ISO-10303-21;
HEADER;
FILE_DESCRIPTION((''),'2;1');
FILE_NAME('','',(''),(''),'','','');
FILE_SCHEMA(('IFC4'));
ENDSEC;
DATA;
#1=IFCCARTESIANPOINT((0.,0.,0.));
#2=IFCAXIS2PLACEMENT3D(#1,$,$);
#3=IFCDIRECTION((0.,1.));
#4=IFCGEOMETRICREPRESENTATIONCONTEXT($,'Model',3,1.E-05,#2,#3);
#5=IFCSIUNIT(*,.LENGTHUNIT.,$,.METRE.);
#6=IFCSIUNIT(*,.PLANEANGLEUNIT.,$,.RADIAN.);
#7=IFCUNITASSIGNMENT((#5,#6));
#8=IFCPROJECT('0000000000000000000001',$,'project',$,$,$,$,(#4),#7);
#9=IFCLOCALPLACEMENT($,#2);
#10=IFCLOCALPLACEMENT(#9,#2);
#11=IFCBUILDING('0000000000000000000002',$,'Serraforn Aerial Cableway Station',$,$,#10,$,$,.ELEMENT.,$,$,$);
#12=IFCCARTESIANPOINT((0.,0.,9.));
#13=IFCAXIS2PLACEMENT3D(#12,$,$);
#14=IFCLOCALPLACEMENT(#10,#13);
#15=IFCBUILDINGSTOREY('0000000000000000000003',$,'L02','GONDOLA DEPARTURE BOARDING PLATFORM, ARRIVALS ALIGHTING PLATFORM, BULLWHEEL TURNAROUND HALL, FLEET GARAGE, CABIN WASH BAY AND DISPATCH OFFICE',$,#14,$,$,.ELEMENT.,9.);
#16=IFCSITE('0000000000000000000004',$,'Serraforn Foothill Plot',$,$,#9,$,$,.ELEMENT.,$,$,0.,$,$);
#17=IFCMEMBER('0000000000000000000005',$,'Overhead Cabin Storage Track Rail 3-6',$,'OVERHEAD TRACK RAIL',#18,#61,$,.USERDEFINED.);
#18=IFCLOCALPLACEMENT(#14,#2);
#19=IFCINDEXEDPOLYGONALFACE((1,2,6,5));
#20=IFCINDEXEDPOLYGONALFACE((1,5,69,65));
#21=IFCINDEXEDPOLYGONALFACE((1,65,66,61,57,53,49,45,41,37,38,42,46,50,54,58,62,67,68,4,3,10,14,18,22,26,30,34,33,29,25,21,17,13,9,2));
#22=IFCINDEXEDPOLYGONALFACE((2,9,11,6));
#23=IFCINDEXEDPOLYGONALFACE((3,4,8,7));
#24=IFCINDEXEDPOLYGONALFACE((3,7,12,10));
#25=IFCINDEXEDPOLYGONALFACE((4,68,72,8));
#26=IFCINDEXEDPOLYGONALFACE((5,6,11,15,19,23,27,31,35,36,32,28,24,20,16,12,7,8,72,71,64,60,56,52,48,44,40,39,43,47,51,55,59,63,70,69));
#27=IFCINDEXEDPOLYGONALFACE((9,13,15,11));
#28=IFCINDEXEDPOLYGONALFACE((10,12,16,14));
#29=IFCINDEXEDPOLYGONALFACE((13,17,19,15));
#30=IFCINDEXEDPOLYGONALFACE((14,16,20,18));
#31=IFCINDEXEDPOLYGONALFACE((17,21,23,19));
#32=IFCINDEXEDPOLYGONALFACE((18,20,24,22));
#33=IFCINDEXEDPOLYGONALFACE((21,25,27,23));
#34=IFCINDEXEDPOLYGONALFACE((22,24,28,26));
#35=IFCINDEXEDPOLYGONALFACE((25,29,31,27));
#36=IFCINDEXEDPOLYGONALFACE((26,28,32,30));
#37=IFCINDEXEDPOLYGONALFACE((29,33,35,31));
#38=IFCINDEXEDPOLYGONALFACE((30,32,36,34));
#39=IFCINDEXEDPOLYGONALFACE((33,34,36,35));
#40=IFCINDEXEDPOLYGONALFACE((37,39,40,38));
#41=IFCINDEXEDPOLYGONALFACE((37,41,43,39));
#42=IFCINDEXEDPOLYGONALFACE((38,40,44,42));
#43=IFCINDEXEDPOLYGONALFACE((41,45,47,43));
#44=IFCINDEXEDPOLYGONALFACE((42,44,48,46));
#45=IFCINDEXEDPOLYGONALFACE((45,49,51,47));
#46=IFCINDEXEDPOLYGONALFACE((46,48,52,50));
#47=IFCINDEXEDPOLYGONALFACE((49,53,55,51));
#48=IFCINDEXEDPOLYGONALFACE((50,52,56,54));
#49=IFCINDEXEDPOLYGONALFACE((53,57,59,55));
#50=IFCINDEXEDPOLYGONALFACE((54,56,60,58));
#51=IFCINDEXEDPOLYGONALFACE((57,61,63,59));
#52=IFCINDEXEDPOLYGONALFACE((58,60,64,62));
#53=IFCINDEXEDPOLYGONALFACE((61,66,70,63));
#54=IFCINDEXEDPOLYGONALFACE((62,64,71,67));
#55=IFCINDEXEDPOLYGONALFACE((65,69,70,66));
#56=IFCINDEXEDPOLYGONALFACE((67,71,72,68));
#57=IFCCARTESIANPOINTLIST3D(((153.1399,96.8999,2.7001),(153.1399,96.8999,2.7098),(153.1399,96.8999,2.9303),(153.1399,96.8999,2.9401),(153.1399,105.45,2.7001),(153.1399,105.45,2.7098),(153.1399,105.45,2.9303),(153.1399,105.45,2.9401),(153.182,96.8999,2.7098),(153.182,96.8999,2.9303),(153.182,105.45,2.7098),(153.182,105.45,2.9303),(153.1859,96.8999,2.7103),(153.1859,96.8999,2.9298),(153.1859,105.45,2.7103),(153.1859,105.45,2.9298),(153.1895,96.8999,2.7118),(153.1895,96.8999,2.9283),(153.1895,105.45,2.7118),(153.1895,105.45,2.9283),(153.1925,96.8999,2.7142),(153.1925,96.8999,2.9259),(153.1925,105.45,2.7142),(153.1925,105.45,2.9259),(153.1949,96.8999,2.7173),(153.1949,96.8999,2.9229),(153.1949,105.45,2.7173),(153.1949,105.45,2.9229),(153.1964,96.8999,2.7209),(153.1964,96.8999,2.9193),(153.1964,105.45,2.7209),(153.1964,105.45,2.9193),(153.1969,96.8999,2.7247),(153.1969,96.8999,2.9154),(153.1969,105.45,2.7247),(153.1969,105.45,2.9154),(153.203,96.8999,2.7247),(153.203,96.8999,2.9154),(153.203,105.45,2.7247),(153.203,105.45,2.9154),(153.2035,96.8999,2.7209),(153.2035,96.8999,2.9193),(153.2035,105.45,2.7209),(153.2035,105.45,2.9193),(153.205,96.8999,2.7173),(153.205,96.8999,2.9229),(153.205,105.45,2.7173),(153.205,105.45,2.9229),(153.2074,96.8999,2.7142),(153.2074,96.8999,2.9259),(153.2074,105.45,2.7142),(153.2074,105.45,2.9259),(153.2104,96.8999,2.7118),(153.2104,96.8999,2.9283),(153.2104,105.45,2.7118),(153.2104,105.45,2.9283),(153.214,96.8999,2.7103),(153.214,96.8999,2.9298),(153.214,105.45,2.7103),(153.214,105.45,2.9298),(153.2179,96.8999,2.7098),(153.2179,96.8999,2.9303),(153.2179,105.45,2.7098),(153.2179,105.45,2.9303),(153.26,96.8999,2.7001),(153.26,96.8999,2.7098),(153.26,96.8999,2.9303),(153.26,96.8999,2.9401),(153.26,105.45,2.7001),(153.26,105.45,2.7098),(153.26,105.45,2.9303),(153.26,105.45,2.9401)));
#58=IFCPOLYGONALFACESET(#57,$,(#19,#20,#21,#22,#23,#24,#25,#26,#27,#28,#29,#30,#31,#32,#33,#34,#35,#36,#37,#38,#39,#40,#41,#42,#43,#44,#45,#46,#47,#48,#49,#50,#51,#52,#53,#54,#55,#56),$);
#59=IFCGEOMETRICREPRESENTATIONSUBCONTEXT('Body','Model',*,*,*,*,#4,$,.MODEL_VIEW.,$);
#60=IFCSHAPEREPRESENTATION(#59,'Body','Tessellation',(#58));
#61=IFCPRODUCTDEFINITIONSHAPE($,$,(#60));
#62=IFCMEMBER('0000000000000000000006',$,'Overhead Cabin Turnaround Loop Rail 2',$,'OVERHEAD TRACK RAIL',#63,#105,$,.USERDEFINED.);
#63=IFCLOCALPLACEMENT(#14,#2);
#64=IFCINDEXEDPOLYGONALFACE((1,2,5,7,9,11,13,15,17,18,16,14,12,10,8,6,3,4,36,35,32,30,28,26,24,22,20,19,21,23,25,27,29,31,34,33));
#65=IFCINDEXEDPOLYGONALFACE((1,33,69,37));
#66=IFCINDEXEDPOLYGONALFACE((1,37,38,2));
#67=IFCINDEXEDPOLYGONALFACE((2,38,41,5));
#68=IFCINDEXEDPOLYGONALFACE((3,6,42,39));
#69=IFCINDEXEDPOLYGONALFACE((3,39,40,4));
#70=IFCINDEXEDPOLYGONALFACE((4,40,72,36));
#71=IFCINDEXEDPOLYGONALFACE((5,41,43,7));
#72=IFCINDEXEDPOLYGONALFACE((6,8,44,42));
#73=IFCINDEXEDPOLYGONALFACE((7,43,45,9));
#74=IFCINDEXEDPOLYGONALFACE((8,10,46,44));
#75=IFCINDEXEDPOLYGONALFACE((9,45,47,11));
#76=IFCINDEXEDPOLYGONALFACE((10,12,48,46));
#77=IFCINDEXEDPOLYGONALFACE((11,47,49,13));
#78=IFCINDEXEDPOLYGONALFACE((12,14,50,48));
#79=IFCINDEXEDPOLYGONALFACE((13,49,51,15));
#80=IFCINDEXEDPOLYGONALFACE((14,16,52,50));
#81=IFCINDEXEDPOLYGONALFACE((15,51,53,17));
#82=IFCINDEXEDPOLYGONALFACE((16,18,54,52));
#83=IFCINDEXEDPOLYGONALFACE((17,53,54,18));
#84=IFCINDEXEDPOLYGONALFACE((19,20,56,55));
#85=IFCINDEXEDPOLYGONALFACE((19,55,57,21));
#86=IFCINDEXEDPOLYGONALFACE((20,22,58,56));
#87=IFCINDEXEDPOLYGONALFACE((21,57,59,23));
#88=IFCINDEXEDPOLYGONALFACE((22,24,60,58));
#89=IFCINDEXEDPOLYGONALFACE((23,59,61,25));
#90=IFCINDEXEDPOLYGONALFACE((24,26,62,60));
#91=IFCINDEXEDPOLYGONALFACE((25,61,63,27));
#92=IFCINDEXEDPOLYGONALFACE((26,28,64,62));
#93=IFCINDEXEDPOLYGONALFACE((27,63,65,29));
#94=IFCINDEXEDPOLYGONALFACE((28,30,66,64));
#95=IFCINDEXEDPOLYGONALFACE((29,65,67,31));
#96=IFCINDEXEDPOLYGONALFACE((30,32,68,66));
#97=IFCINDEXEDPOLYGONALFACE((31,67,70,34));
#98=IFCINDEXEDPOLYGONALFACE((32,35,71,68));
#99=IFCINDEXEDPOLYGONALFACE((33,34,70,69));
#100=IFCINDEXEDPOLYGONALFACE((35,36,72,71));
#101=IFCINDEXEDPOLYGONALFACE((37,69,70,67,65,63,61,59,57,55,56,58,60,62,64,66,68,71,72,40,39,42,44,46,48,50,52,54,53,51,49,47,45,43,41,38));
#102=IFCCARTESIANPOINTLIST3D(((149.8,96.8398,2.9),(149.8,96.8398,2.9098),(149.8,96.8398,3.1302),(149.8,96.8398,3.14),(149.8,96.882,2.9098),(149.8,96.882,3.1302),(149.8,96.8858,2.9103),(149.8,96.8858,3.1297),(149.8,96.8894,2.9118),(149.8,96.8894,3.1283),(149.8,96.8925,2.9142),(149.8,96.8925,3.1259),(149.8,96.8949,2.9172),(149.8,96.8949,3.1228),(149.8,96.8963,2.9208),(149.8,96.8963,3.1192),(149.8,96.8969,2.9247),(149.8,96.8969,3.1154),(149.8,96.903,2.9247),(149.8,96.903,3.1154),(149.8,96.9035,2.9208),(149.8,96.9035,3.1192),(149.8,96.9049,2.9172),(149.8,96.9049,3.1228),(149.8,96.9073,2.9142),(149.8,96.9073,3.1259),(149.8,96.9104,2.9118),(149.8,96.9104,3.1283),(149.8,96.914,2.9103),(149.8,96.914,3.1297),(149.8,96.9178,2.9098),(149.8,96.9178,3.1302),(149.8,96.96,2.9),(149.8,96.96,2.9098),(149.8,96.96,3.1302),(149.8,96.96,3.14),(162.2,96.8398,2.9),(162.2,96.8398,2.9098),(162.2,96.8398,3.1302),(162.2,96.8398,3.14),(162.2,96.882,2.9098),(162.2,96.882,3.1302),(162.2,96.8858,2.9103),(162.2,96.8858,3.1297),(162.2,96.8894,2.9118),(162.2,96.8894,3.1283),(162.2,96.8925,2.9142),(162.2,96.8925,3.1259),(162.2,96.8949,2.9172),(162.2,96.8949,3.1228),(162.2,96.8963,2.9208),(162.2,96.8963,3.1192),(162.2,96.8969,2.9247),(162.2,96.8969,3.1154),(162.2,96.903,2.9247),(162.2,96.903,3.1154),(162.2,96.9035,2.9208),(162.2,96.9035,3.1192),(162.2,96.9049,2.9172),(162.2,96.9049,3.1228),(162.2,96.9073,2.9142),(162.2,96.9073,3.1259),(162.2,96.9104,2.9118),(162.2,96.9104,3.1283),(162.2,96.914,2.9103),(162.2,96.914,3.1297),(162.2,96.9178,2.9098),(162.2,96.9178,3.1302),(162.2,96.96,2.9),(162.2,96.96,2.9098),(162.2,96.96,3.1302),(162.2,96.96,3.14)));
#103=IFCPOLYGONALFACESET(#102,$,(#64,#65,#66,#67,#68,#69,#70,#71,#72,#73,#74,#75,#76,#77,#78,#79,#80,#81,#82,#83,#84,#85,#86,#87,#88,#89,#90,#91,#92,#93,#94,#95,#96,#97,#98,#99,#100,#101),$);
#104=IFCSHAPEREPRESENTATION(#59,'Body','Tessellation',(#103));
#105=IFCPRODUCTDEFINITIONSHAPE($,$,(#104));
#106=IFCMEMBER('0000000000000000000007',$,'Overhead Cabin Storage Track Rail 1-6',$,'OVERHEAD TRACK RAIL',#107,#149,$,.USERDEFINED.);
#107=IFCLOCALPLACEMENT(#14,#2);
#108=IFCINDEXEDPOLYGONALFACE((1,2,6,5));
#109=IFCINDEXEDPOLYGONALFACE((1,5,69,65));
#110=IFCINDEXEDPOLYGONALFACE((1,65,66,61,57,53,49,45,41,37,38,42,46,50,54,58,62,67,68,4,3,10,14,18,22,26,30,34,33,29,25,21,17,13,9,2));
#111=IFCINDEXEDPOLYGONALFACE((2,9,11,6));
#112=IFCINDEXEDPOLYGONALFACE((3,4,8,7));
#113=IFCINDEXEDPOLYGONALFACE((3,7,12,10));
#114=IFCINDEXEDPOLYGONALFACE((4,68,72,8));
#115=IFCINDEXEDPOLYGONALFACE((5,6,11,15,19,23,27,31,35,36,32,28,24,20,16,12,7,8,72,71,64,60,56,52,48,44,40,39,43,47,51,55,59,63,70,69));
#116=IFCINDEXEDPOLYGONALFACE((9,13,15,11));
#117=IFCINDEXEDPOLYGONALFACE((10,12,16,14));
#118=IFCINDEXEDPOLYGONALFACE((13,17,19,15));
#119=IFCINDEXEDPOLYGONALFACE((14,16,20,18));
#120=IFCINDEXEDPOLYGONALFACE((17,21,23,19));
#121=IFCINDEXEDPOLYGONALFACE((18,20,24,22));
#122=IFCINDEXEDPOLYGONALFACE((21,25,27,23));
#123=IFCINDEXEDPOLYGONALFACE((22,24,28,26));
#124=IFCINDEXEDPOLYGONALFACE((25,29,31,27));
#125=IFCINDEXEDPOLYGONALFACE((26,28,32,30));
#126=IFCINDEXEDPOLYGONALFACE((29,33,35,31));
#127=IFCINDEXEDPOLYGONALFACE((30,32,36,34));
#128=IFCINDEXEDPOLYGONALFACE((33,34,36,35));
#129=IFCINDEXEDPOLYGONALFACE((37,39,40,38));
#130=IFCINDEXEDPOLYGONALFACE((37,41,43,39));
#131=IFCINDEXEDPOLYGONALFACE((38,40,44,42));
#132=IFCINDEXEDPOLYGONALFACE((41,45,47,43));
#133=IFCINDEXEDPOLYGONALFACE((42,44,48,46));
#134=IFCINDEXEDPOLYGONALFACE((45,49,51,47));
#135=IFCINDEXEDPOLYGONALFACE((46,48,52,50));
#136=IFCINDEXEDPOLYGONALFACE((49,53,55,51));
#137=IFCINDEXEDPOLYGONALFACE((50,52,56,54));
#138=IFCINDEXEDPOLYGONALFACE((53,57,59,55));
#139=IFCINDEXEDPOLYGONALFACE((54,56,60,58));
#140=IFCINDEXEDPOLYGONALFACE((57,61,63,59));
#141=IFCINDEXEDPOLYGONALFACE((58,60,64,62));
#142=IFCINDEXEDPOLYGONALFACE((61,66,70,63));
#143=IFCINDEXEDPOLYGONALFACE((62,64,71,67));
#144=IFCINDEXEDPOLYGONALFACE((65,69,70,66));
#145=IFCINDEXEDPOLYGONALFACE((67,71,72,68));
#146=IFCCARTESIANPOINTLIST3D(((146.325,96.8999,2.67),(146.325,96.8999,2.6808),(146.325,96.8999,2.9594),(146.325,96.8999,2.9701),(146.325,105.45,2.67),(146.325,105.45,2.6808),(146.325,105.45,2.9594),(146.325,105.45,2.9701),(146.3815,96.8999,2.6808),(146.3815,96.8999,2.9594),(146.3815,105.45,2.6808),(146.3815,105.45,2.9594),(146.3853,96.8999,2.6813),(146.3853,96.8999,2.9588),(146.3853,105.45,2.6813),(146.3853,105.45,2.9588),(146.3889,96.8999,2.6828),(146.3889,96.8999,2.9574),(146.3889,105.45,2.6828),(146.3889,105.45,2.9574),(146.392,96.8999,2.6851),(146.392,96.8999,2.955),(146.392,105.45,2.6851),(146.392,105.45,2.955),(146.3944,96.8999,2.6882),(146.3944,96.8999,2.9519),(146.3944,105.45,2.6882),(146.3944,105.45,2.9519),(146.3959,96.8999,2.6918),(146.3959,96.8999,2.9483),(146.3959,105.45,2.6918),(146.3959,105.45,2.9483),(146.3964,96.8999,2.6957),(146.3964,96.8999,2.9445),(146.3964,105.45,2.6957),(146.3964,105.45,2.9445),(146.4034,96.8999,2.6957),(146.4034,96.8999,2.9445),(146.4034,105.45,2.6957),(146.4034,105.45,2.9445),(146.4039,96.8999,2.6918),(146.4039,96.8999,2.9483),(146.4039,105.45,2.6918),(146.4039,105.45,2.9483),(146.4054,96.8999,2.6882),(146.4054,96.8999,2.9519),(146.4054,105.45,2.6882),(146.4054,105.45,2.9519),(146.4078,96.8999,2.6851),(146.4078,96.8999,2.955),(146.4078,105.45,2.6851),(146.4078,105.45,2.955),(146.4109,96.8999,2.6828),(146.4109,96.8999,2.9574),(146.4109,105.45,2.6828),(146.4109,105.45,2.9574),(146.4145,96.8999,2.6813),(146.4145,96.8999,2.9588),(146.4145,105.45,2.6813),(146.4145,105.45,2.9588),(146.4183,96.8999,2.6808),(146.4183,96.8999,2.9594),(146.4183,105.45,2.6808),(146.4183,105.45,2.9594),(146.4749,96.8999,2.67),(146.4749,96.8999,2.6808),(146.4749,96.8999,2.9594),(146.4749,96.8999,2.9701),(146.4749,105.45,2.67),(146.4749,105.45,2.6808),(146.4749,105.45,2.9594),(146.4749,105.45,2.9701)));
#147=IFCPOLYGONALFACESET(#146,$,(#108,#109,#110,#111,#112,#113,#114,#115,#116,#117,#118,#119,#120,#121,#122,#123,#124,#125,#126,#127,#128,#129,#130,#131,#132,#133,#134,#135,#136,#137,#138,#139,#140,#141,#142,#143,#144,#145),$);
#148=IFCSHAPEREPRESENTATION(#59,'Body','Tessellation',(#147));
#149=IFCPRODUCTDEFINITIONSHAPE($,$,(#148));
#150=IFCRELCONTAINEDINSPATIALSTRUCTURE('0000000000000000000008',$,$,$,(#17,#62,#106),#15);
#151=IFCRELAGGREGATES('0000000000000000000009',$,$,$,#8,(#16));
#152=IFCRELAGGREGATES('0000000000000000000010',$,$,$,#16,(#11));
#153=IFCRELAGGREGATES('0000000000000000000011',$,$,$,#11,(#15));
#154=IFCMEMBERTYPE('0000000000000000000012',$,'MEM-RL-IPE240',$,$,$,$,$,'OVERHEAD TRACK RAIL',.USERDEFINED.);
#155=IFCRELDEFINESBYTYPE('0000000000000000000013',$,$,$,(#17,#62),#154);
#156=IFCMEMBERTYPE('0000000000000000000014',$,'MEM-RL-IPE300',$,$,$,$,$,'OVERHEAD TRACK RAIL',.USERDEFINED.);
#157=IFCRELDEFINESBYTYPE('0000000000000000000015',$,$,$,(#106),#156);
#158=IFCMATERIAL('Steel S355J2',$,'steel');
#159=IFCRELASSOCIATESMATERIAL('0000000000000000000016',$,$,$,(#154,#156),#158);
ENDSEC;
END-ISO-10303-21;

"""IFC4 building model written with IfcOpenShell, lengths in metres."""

from ifc_helpers import new_model, si_unit, direction, frame, origin, origin_2d, place, context, subcontext, project, spatial, i_section, extrude, material, material_profile, profile_set, type_object, element, save


model = new_model("IFC4")

# Units and contexts
model_context = context("Model", 3, precision=1e-05, world=origin(), true_north=direction((0.0, 1.0)))
body_context = subcontext(model_context, "Body", "Model", "MODEL_VIEW")
ifc_project = project(units=[si_unit("LENGTHUNIT", "METRE"), si_unit("PLANEANGLEUNIT", "RADIAN")], contexts=[model_context])

# Site, building, storey
site_placement = place(None, origin())
site = spatial("IfcSite", under=ifc_project, at=site_placement, Name="Serraforn Foothill Plot", CompositionType="ELEMENT", RefElevation=0.0)
building_placement = place(site_placement, origin())
building = spatial("IfcBuilding", under=site, at=building_placement, Name="Serraforn Aerial Cableway Station", CompositionType="ELEMENT")
storey_placement = place(building_placement, frame((0.0, 0.0, 9.0)))
storey = spatial("IfcBuildingStorey", under=building, at=storey_placement, Name="L02", Description="GONDOLA DEPARTURE BOARDING PLATFORM, ARRIVALS ALIGHTING PLATFORM, BULLWHEEL TURNAROUND HALL, FLEET GARAGE, CABIN WASH BAY AND DISPATCH OFFICE", CompositionType="ELEMENT", Elevation=9.0)

# Members
ifc_material_1 = material(Name="Steel S355J2", Category="steel")
ifc_material_profile_1 = material_profile(ifc_material_1, i_section(OverallWidth=0.1201, OverallDepth=0.24, WebThickness=0.0061, FlangeThickness=0.0098, FilletRadius=0.0149, at=origin_2d()), Name="IPE 240")
ifc_profile_set_1 = profile_set([ifc_material_profile_1], Name="Steel S355J2")
member_type_1 = type_object("IfcMemberType", Name="MEM-RL-IPE240", ElementType="OVERHEAD TRACK RAIL", PredefinedType="USERDEFINED", material=ifc_profile_set_1)
for number, where, z_axis, x_axis, name in (
    (1, (153.2, 96.8999, 2.8201), (0.0, 1.0, 0.0), (-1.0, 0.0, 0.0), "Overhead Cabin Storage Track Rail 3-6"),
):
    element("IfcMember", number, at=place(storey_placement, frame(where, z_axis=z_axis, x_axis=x_axis)), inside=storey, type_object=member_type_1, Name=name, ObjectType="OVERHEAD TRACK RAIL", PredefinedType="USERDEFINED", context=body_context, shape_type="SweptSolid", body=[
        extrude(i_section(OverallWidth=0.1201, OverallDepth=0.24, WebThickness=0.0061, FlangeThickness=0.0098, FilletRadius=0.0149, at=origin_2d()), origin(), (0.0, 0.0, 1.0), 8.55),
    ])
member_1_placement = place(storey_placement, frame((149.8, 96.8999, 3.02), z_axis=(1.0, 0.0, 0.0), x_axis=(0.0, 1.0, 0.0)))
element("IfcMember", 2, at=member_1_placement, inside=storey, type_object=member_type_1, Name="Overhead Cabin Turnaround Loop Rail 2", ObjectType="OVERHEAD TRACK RAIL", PredefinedType="USERDEFINED", context=body_context, shape_type="SweptSolid", body=[
    extrude(i_section(OverallWidth=0.1201, OverallDepth=0.24, WebThickness=0.0061, FlangeThickness=0.0098, FilletRadius=0.0149, at=origin_2d()), origin(), (0.0, 0.0, 1.0), 12.3999),
])
ifc_material_profile_2 = material_profile(ifc_material_1, i_section(OverallWidth=0.1499, OverallDepth=0.3, WebThickness=0.0071, FlangeThickness=0.0107, FilletRadius=0.0149, at=origin_2d()), Name="IPE 300")
ifc_profile_set_2 = profile_set([ifc_material_profile_2], Name="Steel S355J2")
member_type_2 = type_object("IfcMemberType", Name="MEM-RL-IPE300", ElementType="OVERHEAD TRACK RAIL", PredefinedType="USERDEFINED", material=ifc_profile_set_2)
member_2_placement = place(storey_placement, frame((146.3999, 96.8999, 2.8201), z_axis=(0.0, 1.0, 0.0), x_axis=(-1.0, 0.0, 0.0)))
element("IfcMember", 3, at=member_2_placement, inside=storey, type_object=member_type_2, Name="Overhead Cabin Storage Track Rail 1-6", ObjectType="OVERHEAD TRACK RAIL", PredefinedType="USERDEFINED", context=body_context, shape_type="SweptSolid", body=[
    extrude(i_section(OverallWidth=0.1499, OverallDepth=0.3, WebThickness=0.0071, FlangeThickness=0.0107, FilletRadius=0.0149, at=origin_2d()), origin(), (0.0, 0.0, 1.0), 8.55),
])

save(model, "model.ifc")
